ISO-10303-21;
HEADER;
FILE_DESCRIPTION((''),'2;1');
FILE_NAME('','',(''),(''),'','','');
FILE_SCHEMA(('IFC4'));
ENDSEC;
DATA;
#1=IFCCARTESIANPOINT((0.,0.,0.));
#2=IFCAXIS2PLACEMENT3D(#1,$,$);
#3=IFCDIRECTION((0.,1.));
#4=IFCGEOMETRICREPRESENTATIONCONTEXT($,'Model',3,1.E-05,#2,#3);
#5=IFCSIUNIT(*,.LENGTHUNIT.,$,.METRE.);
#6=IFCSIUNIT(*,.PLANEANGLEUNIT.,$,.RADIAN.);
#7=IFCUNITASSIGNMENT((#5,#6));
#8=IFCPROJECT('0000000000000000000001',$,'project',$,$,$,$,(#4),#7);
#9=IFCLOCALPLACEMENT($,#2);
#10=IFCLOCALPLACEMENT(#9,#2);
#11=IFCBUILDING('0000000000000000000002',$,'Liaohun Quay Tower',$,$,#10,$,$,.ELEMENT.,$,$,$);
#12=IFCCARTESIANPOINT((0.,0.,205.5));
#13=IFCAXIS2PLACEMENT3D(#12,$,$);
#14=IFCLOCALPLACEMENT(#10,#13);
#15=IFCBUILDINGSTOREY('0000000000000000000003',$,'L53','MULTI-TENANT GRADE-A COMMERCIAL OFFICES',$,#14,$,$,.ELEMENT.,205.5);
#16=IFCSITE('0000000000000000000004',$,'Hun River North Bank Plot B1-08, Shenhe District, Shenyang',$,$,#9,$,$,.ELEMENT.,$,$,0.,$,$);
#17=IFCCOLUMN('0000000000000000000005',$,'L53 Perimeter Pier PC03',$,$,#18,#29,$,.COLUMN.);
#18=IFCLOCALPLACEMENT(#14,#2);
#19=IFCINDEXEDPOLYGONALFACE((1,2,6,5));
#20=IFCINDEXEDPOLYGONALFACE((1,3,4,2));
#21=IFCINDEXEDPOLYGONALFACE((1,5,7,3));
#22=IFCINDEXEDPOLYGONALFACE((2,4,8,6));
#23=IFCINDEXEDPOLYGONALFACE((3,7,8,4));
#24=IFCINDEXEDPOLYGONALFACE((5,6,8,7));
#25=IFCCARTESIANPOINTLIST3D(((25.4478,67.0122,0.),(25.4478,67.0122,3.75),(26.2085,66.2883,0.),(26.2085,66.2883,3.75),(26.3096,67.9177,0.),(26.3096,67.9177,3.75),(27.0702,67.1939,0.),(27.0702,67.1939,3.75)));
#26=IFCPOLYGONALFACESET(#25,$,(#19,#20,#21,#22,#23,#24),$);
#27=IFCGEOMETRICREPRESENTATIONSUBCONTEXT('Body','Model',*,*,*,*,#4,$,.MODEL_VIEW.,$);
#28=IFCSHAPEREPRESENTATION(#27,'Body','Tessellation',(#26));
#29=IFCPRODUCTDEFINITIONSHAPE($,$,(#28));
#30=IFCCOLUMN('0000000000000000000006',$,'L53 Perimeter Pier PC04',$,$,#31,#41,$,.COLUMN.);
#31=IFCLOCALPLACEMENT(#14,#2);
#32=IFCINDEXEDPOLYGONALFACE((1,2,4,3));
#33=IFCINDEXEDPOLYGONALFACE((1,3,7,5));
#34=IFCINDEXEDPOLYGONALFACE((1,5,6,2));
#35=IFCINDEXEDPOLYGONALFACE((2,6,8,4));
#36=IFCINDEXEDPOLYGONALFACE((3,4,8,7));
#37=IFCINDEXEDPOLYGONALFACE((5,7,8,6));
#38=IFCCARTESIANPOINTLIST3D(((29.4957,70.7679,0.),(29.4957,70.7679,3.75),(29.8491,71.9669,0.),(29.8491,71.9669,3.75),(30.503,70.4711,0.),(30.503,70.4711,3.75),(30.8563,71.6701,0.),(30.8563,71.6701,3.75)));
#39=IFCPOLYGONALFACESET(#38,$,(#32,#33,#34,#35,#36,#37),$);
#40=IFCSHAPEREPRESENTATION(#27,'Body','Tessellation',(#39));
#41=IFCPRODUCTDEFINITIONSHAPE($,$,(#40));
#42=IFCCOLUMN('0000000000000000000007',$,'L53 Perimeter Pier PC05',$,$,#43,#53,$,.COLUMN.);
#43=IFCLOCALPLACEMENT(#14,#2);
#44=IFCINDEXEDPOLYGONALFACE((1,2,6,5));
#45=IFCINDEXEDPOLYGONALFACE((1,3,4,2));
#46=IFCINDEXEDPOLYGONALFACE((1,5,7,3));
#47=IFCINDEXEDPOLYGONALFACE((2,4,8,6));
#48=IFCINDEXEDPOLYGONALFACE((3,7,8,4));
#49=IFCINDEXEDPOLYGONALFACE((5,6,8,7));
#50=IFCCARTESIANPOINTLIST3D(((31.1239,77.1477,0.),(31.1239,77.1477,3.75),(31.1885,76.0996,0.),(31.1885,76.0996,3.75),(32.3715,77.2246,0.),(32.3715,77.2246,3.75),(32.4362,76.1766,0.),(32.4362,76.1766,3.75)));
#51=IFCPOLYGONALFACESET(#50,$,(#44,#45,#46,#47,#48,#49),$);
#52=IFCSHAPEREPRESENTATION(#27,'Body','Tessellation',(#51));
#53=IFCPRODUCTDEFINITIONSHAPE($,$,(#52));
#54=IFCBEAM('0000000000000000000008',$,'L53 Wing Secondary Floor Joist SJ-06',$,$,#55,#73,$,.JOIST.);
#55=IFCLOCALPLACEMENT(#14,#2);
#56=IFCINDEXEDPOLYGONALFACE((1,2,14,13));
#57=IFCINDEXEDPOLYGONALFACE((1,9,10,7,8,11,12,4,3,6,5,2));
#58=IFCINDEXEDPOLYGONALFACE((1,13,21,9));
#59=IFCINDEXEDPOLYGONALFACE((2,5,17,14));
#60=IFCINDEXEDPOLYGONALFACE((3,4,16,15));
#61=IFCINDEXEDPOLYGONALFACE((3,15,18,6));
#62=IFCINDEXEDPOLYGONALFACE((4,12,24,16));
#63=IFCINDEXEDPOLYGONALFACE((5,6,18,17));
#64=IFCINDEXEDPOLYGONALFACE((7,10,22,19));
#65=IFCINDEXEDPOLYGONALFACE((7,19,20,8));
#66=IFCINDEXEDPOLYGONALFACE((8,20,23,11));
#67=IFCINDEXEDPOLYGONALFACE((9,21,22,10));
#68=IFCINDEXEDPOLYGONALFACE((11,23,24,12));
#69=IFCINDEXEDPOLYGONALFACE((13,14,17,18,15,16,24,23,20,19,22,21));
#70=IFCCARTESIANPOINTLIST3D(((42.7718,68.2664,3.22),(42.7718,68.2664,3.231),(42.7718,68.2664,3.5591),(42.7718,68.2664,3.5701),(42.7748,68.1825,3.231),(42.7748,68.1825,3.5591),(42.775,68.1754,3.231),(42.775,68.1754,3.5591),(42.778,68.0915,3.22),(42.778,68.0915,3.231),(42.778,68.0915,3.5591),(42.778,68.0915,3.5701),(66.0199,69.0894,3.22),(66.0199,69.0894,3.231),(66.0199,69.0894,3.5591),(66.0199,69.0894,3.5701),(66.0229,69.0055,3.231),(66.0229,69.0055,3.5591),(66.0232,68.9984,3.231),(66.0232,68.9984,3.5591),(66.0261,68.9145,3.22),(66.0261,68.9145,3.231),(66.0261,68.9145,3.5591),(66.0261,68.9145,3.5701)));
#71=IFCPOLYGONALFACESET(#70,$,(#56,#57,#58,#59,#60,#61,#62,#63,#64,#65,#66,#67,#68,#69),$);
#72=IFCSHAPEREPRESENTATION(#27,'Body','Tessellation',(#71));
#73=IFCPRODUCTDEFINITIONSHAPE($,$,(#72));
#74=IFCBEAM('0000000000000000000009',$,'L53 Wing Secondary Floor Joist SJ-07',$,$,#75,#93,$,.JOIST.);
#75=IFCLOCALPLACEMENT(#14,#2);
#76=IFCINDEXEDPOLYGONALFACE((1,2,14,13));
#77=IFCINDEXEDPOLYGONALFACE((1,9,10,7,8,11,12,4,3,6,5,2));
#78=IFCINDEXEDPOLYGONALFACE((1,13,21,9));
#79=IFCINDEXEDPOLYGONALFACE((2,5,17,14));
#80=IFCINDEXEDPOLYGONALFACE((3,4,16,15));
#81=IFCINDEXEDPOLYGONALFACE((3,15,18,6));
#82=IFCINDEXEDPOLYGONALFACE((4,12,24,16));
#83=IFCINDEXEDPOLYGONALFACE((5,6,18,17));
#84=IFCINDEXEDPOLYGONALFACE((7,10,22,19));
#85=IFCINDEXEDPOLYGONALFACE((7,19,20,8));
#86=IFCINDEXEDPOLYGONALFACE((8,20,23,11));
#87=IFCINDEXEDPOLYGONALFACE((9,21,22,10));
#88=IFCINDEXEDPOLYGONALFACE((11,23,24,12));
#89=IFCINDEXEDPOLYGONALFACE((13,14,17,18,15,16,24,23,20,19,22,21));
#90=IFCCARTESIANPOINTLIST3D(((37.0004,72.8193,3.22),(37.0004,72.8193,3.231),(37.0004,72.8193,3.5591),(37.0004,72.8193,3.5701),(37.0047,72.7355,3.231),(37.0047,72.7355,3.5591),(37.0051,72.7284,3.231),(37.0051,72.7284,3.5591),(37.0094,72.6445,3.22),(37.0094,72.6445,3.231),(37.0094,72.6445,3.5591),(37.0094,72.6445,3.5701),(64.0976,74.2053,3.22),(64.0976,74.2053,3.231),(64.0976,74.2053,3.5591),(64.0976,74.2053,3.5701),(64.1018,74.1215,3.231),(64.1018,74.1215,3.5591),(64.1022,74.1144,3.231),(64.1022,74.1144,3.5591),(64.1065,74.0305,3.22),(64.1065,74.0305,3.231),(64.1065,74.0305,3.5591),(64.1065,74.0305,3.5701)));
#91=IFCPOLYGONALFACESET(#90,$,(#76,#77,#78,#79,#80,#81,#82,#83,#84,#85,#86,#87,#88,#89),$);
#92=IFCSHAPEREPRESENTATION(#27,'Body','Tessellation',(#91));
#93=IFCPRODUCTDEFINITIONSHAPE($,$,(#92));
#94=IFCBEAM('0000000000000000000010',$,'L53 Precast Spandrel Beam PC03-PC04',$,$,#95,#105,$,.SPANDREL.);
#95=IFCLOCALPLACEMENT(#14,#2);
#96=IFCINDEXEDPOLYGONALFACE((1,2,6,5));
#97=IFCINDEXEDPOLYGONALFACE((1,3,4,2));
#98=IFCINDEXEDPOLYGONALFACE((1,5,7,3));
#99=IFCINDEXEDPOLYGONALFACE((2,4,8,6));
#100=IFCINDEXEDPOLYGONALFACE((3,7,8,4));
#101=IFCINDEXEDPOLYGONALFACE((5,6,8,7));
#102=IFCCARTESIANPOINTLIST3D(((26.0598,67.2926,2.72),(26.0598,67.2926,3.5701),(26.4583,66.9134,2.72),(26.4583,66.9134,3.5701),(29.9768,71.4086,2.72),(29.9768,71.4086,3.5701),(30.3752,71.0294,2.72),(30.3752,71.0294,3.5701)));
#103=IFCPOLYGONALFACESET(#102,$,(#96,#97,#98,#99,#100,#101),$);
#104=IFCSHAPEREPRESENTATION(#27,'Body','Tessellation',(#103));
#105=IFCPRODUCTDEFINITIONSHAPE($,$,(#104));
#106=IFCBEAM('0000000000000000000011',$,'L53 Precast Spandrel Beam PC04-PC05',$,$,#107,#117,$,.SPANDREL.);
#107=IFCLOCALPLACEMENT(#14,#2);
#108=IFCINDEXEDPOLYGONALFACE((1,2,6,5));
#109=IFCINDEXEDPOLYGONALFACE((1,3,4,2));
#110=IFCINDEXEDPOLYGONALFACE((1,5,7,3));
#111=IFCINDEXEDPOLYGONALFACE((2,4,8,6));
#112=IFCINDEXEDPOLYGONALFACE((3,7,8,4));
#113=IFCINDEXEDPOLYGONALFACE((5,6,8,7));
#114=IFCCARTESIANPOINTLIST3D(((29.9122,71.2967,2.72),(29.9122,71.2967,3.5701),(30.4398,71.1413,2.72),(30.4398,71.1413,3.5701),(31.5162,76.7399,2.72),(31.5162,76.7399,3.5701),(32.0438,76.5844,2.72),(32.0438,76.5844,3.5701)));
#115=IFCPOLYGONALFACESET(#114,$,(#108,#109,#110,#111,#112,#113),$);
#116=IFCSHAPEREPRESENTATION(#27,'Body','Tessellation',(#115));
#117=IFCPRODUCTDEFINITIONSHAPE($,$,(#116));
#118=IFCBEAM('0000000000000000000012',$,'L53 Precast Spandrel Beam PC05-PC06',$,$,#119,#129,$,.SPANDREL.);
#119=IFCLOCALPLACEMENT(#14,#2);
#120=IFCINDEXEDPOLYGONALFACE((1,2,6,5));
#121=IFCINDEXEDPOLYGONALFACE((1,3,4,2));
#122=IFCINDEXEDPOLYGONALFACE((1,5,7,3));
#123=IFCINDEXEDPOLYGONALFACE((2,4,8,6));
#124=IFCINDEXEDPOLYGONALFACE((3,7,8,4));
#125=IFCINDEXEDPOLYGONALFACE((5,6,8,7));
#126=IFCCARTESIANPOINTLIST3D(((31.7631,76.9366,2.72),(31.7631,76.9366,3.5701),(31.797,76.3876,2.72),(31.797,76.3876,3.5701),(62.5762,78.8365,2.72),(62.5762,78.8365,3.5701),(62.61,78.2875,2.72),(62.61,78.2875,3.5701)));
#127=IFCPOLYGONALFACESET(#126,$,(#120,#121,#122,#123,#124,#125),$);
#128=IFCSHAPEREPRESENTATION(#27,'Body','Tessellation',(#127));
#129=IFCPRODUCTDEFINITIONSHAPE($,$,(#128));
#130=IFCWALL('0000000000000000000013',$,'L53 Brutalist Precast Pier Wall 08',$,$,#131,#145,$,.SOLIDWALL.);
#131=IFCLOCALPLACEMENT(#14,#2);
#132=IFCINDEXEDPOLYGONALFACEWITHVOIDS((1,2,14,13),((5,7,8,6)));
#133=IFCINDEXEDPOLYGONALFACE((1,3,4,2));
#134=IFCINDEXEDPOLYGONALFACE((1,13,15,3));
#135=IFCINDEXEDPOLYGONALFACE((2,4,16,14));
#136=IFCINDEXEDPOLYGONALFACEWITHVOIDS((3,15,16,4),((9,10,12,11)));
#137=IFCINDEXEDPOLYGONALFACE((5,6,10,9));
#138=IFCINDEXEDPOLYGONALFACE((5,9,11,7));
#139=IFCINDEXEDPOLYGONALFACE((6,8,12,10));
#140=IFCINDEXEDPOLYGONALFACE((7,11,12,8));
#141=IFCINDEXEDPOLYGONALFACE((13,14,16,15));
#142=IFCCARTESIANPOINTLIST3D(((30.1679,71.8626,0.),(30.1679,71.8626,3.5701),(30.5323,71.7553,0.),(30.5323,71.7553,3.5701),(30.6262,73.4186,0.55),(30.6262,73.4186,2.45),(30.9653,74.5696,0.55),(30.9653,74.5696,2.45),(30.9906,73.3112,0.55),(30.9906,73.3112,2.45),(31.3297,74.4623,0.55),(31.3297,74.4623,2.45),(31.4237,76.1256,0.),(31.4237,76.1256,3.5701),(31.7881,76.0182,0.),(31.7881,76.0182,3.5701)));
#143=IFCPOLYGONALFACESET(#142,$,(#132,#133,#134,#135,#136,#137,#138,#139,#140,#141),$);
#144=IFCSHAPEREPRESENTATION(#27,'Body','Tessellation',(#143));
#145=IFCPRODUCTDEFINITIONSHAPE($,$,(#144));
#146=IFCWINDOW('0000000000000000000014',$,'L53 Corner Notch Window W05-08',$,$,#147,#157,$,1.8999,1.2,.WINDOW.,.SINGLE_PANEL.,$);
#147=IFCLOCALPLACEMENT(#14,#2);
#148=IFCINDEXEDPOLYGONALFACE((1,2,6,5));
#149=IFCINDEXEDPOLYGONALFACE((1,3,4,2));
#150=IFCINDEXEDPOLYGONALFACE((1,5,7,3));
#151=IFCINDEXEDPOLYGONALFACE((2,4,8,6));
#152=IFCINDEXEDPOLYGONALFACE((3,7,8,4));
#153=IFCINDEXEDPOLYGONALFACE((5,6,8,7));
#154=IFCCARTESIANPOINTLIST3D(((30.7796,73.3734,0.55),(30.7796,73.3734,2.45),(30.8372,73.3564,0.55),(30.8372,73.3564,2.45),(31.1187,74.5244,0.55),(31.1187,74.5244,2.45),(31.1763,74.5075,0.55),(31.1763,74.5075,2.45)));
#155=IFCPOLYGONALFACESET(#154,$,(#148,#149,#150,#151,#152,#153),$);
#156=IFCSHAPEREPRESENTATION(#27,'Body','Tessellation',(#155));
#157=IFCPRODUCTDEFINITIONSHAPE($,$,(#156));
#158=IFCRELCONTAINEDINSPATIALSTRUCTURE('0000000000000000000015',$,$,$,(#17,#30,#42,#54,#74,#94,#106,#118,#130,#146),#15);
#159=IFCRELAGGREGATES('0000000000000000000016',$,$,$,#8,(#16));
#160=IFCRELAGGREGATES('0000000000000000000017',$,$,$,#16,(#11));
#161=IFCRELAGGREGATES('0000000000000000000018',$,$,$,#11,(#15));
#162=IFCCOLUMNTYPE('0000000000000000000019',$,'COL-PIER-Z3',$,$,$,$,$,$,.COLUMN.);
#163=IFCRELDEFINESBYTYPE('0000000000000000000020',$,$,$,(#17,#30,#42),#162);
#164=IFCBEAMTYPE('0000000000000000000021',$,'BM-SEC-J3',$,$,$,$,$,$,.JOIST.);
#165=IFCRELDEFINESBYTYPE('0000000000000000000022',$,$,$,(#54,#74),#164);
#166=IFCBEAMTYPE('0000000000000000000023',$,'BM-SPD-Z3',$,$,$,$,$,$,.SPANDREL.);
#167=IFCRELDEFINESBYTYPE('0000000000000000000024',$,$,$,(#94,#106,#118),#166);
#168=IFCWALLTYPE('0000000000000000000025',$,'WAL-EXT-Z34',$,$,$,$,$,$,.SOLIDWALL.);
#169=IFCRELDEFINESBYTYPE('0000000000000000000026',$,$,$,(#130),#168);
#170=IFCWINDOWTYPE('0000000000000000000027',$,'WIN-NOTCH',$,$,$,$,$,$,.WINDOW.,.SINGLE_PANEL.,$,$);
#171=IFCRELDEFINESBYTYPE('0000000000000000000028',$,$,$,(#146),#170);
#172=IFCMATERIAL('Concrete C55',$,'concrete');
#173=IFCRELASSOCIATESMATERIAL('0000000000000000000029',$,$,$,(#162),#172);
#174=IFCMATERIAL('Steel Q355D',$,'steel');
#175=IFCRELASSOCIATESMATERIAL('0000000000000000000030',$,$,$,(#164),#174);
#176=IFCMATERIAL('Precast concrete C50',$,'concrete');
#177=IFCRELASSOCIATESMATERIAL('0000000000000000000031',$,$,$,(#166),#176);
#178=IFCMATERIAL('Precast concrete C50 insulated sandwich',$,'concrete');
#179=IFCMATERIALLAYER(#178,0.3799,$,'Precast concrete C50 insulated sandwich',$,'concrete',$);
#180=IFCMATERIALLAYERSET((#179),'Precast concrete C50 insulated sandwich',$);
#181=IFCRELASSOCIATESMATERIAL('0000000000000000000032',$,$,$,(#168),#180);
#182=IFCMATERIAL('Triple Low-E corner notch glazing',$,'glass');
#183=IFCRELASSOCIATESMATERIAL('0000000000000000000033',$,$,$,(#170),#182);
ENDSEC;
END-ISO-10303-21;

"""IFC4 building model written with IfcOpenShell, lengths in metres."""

from ifc_helpers import new_model, si_unit, direction, frame, frame_2d, origin, origin_2d, place, context, subcontext, project, spatial, rectangle, i_section, extrude, source, transform, mapped, material, layer, layer_set, material_profile, profile_set, type_object, element, fill, save


model = new_model("IFC4")

# Units and contexts
model_context = context("Model", 3, precision=1e-05, world=origin(), true_north=direction((0.0, 1.0)))
body_context = subcontext(model_context, "Body", "Model", "MODEL_VIEW")
ifc_project = project(units=[si_unit("LENGTHUNIT", "METRE"), si_unit("PLANEANGLEUNIT", "RADIAN")], contexts=[model_context])

# Site, building, storey
site_placement = place(None, origin())
site = spatial("IfcSite", under=ifc_project, at=site_placement, Name="Hun River North Bank Plot B1-08, Shenhe District, Shenyang", CompositionType="ELEMENT", RefElevation=0.0)
building_placement = place(site_placement, origin())
building = spatial("IfcBuilding", under=site, at=building_placement, Name="Liaohun Quay Tower", CompositionType="ELEMENT")
storey_placement = place(building_placement, frame((0.0, 0.0, 205.5)))
storey = spatial("IfcBuildingStorey", under=building, at=storey_placement, Name="L53", Description="MULTI-TENANT GRADE-A COMMERCIAL OFFICES", CompositionType="ELEMENT", Elevation=205.5)

# Columns
ifc_material_1 = material(Name="Concrete C55", Category="concrete")
ifc_material_profile_1 = material_profile(ifc_material_1, rectangle(XDim=1.25, YDim=1.05, at=origin_2d()), Name="RC1250x1050")
ifc_profile_set_1 = profile_set([ifc_material_profile_1], Name="Concrete C55")
column_type = type_object("IfcColumnType", Name="COL-PIER-Z3", PredefinedType="COLUMN", material=ifc_profile_set_1)
shared_shape_1 = source(origin(), body_context, "Body", "SweptSolid", [
    extrude(rectangle(XDim=1.25, YDim=1.05, at=origin_2d()), origin(), (0.0, 0.0, 1.0), 3.75),
])
for number, where, z_axis, x_axis, name in (
    (1, (26.259, 67.103, 0.0), (0.0, 0.0, 1.0), (0.689367, 0.724413, 0.0), "L53 Perimeter Pier PC03"),
    (2, (30.176, 71.219, 0.0), (0.0, 0.0, 1.0), (0.282676, 0.959215, 0.0), "L53 Perimeter Pier PC04"),
    (3, (31.78, 76.6621, 0.0), (0.0, 0.0, 1.0), (0.998103, 0.061571, 0.0), "L53 Perimeter Pier PC05"),
):
    element("IfcColumn", number, at=place(storey_placement, frame(where, z_axis=z_axis, x_axis=x_axis)), inside=storey, type_object=column_type, Name=name, PredefinedType="COLUMN", context=body_context, shape_type="MappedRepresentation", body=[
        mapped(shared_shape_1, transform((0.0, 0.0, 0.0), x_axis=(1.0, 0.0, 0.0), y_axis=(0.0, 1.0, 0.0), z_axis=(0.0, 0.0, 1.0), scale=1.0)),
    ])

# Beams
ifc_material_2 = material(Name="Steel Q355D", Category="steel")
ifc_material_profile_2 = material_profile(ifc_material_2, i_section(OverallWidth=0.175, OverallDepth=0.3501, WebThickness=0.0071, FlangeThickness=0.011, at=origin_2d()), Name="HN350x175x7x11")
ifc_profile_set_2 = profile_set([ifc_material_profile_2], Name="Steel Q355D")
beam_type_1 = type_object("IfcBeamType", Name="BM-SEC-J3", PredefinedType="JOIST", material=ifc_profile_set_2)
shared_shape_2 = source(origin(), body_context, "Body", "SweptSolid", [
    extrude(i_section(OverallWidth=0.175, OverallDepth=0.3501, WebThickness=0.0071, FlangeThickness=0.011, at=origin_2d()), origin(), (0.0, 0.0, 1.0), 23.2627),
])
beam_1_placement = place(storey_placement, frame((42.7749, 68.179, 3.395), z_axis=(0.999374, 0.035379, 0.0), x_axis=(-0.035379, 0.999374, 0.0)))
element("IfcBeam", 4, at=beam_1_placement, inside=storey, type_object=beam_type_1, Name="L53 Wing Secondary Floor Joist SJ-06", PredefinedType="JOIST", context=body_context, shape_type="MappedRepresentation", body=[
    mapped(shared_shape_2, transform((0.0, 0.0, 0.0), x_axis=(1.0, 0.0, 0.0), y_axis=(0.0, 1.0, 0.0), z_axis=(0.0, 0.0, 1.0), scale=1.0)),
])
shared_shape_3 = source(origin(), body_context, "Body", "SweptSolid", [
    extrude(i_section(OverallWidth=0.175, OverallDepth=0.3501, WebThickness=0.0071, FlangeThickness=0.011, at=origin_2d()), origin(), (0.0, 0.0, 1.0), 27.1326),
])
beam_2_placement = place(storey_placement, frame((37.0049, 72.7319, 3.395), z_axis=(0.998694, 0.051082, 0.0), x_axis=(-0.051082, 0.998694, 0.0)))
element("IfcBeam", 5, at=beam_2_placement, inside=storey, type_object=beam_type_1, Name="L53 Wing Secondary Floor Joist SJ-07", PredefinedType="JOIST", context=body_context, shape_type="MappedRepresentation", body=[
    mapped(shared_shape_3, transform((0.0, 0.0, 0.0), x_axis=(1.0, 0.0, 0.0), y_axis=(0.0, 1.0, 0.0), z_axis=(0.0, 0.0, 1.0), scale=1.0)),
])
ifc_material_3 = material(Name="Precast concrete C50", Category="concrete")
ifc_material_profile_3 = material_profile(ifc_material_3, rectangle(XDim=0.55, YDim=0.8501, at=origin_2d()), Name="RC550x850")
ifc_profile_set_3 = profile_set([ifc_material_profile_3], Name="Precast concrete C50")
beam_type_2 = type_object("IfcBeamType", Name="BM-SPD-Z3", PredefinedType="SPANDREL", material=ifc_profile_set_3)
shared_shape_4 = source(origin(), body_context, "Body", "SweptSolid", [
    extrude(rectangle(XDim=0.55, YDim=0.8501, at=origin_2d()), origin(), (0.0, 0.0, 1.0), 5.6819),
])
beam_3_placement = place(storey_placement, frame((26.259, 67.103, 3.145), z_axis=(0.68938, 0.724399, 0.0), x_axis=(-0.724399, 0.68938, 0.0)))
element("IfcBeam", 6, at=beam_3_placement, inside=storey, type_object=beam_type_2, Name="L53 Precast Spandrel Beam PC03-PC04", PredefinedType="SPANDREL", context=body_context, shape_type="MappedRepresentation", body=[
    mapped(shared_shape_4, transform((0.0, 0.0, 0.0), x_axis=(1.0, 0.0, 0.0), y_axis=(0.0, 1.0, 0.0), z_axis=(0.0, 0.0, 1.0), scale=1.0)),
])
shared_shape_5 = source(origin(), body_context, "Body", "SweptSolid", [
    extrude(rectangle(XDim=0.55, YDim=0.8501, at=origin_2d()), origin(), (0.0, 0.0, 1.0), 5.6746),
])
beam_4_placement = place(storey_placement, frame((30.176, 71.219, 3.145), z_axis=(0.282667, 0.959218, 0.0), x_axis=(-0.959218, 0.282667, 0.0)))
element("IfcBeam", 7, at=beam_4_placement, inside=storey, type_object=beam_type_2, Name="L53 Precast Spandrel Beam PC04-PC05", PredefinedType="SPANDREL", context=body_context, shape_type="MappedRepresentation", body=[
    mapped(shared_shape_5, transform((0.0, 0.0, 0.0), x_axis=(1.0, 0.0, 0.0), y_axis=(0.0, 1.0, 0.0), z_axis=(0.0, 0.0, 1.0), scale=1.0)),
])
shared_shape_6 = source(origin(), body_context, "Body", "SweptSolid", [
    extrude(rectangle(XDim=0.55, YDim=0.8501, at=origin_2d()), origin(), (0.0, 0.0, 1.0), 30.8716),
])
beam_5_placement = place(storey_placement, frame((31.78, 76.6621, 3.145), z_axis=(0.998104, 0.061542, 0.0), x_axis=(-0.061542, 0.998104, 0.0)))
element("IfcBeam", 8, at=beam_5_placement, inside=storey, type_object=beam_type_2, Name="L53 Precast Spandrel Beam PC05-PC06", PredefinedType="SPANDREL", context=body_context, shape_type="MappedRepresentation", body=[
    mapped(shared_shape_6, transform((0.0, 0.0, 0.0), x_axis=(1.0, 0.0, 0.0), y_axis=(0.0, 1.0, 0.0), z_axis=(0.0, 0.0, 1.0), scale=1.0)),
])

# Wall, opening, window
ifc_material_4 = material(Name="Precast concrete C50 insulated sandwich", Category="concrete")
ifc_layer_1 = layer(ifc_material_4, 0.3799, Name="Precast concrete C50 insulated sandwich", Category="concrete")
ifc_layer_set_1 = layer_set([ifc_layer_1], Name="Precast concrete C50 insulated sandwich")
wall_type_1 = type_object("IfcWallType", Name="WAL-EXT-Z34", PredefinedType="SOLIDWALL", material=ifc_layer_set_1)
wall_1_placement = place(storey_placement, frame((31.606, 76.072, 0.0), z_axis=(0.0, 0.0, 1.0), x_axis=(-0.282592, -0.95924, 0.0)))
wall_1 = element("IfcWall", 9, at=wall_1_placement, inside=storey, type_object=wall_type_1, Name="L53 Brutalist Precast Pier Wall 08", PredefinedType="SOLIDWALL", context=body_context, shape_type="SweptSolid", body=[
    extrude(rectangle(XDim=4.4441, YDim=0.3799, at=frame_2d((2.2222, 0.0))), origin(), (0.0, 0.0, 1.0), 3.5701),
])
shared_shape_7 = source(origin(), body_context, "Body", "SweptSolid", [
    extrude(rectangle(XDim=1.2, YDim=1.8999, at=frame_2d((0.6001, 0.95))), frame((0.0, 0.2, 0.0), z_axis=(0.0, -1.0, 0.0), x_axis=(1.0, 0.0, 0.0)), (0.0, 0.0, 1.0), 0.3999),
])
opening_1_placement = place(wall_1_placement, frame((1.6221, 0.0, 0.55)))
opening_1 = element("IfcOpeningElement", 10, at=opening_1_placement, cuts=wall_1, PredefinedType="OPENING", context=body_context, shape_type="MappedRepresentation", body=[
    mapped(shared_shape_7, transform((0.0, 0.0, 0.0), x_axis=(1.0, 0.0, 0.0), y_axis=(0.0, 1.0, 0.0), z_axis=(0.0, 0.0, 1.0), scale=1.0)),
])
ifc_material_5 = material(Name="Triple Low-E corner notch glazing", Category="glass")
window_type_1 = type_object("IfcWindowType", Name="WIN-NOTCH", PartitioningType="SINGLE_PANEL", PredefinedType="WINDOW", material=ifc_material_5)
shared_shape_8 = source(origin(), body_context, "Body", "SweptSolid", [
    extrude(rectangle(XDim=1.2, YDim=1.8999, at=frame_2d((0.6001, 0.95))), frame((0.0, 0.03, 0.0), z_axis=(0.0, -1.0, 0.0), x_axis=(1.0, 0.0, 0.0)), (0.0, 0.0, 1.0), 0.0601),
])
window_1_placement = place(opening_1_placement, origin())
window_1 = element("IfcWindow", 11, at=window_1_placement, inside=storey, type_object=window_type_1, Name="L53 Corner Notch Window W05-08", OverallHeight=1.8999, OverallWidth=1.2, PartitioningType="SINGLE_PANEL", PredefinedType="WINDOW", context=body_context, shape_type="MappedRepresentation", body=[
    mapped(shared_shape_8, transform((0.0, 0.0, 0.0), x_axis=(1.0, 0.0, 0.0), y_axis=(0.0, 1.0, 0.0), z_axis=(0.0, 0.0, 1.0), scale=1.0)),
])
fill(opening_1, window_1)

save(model, "model.ifc")
